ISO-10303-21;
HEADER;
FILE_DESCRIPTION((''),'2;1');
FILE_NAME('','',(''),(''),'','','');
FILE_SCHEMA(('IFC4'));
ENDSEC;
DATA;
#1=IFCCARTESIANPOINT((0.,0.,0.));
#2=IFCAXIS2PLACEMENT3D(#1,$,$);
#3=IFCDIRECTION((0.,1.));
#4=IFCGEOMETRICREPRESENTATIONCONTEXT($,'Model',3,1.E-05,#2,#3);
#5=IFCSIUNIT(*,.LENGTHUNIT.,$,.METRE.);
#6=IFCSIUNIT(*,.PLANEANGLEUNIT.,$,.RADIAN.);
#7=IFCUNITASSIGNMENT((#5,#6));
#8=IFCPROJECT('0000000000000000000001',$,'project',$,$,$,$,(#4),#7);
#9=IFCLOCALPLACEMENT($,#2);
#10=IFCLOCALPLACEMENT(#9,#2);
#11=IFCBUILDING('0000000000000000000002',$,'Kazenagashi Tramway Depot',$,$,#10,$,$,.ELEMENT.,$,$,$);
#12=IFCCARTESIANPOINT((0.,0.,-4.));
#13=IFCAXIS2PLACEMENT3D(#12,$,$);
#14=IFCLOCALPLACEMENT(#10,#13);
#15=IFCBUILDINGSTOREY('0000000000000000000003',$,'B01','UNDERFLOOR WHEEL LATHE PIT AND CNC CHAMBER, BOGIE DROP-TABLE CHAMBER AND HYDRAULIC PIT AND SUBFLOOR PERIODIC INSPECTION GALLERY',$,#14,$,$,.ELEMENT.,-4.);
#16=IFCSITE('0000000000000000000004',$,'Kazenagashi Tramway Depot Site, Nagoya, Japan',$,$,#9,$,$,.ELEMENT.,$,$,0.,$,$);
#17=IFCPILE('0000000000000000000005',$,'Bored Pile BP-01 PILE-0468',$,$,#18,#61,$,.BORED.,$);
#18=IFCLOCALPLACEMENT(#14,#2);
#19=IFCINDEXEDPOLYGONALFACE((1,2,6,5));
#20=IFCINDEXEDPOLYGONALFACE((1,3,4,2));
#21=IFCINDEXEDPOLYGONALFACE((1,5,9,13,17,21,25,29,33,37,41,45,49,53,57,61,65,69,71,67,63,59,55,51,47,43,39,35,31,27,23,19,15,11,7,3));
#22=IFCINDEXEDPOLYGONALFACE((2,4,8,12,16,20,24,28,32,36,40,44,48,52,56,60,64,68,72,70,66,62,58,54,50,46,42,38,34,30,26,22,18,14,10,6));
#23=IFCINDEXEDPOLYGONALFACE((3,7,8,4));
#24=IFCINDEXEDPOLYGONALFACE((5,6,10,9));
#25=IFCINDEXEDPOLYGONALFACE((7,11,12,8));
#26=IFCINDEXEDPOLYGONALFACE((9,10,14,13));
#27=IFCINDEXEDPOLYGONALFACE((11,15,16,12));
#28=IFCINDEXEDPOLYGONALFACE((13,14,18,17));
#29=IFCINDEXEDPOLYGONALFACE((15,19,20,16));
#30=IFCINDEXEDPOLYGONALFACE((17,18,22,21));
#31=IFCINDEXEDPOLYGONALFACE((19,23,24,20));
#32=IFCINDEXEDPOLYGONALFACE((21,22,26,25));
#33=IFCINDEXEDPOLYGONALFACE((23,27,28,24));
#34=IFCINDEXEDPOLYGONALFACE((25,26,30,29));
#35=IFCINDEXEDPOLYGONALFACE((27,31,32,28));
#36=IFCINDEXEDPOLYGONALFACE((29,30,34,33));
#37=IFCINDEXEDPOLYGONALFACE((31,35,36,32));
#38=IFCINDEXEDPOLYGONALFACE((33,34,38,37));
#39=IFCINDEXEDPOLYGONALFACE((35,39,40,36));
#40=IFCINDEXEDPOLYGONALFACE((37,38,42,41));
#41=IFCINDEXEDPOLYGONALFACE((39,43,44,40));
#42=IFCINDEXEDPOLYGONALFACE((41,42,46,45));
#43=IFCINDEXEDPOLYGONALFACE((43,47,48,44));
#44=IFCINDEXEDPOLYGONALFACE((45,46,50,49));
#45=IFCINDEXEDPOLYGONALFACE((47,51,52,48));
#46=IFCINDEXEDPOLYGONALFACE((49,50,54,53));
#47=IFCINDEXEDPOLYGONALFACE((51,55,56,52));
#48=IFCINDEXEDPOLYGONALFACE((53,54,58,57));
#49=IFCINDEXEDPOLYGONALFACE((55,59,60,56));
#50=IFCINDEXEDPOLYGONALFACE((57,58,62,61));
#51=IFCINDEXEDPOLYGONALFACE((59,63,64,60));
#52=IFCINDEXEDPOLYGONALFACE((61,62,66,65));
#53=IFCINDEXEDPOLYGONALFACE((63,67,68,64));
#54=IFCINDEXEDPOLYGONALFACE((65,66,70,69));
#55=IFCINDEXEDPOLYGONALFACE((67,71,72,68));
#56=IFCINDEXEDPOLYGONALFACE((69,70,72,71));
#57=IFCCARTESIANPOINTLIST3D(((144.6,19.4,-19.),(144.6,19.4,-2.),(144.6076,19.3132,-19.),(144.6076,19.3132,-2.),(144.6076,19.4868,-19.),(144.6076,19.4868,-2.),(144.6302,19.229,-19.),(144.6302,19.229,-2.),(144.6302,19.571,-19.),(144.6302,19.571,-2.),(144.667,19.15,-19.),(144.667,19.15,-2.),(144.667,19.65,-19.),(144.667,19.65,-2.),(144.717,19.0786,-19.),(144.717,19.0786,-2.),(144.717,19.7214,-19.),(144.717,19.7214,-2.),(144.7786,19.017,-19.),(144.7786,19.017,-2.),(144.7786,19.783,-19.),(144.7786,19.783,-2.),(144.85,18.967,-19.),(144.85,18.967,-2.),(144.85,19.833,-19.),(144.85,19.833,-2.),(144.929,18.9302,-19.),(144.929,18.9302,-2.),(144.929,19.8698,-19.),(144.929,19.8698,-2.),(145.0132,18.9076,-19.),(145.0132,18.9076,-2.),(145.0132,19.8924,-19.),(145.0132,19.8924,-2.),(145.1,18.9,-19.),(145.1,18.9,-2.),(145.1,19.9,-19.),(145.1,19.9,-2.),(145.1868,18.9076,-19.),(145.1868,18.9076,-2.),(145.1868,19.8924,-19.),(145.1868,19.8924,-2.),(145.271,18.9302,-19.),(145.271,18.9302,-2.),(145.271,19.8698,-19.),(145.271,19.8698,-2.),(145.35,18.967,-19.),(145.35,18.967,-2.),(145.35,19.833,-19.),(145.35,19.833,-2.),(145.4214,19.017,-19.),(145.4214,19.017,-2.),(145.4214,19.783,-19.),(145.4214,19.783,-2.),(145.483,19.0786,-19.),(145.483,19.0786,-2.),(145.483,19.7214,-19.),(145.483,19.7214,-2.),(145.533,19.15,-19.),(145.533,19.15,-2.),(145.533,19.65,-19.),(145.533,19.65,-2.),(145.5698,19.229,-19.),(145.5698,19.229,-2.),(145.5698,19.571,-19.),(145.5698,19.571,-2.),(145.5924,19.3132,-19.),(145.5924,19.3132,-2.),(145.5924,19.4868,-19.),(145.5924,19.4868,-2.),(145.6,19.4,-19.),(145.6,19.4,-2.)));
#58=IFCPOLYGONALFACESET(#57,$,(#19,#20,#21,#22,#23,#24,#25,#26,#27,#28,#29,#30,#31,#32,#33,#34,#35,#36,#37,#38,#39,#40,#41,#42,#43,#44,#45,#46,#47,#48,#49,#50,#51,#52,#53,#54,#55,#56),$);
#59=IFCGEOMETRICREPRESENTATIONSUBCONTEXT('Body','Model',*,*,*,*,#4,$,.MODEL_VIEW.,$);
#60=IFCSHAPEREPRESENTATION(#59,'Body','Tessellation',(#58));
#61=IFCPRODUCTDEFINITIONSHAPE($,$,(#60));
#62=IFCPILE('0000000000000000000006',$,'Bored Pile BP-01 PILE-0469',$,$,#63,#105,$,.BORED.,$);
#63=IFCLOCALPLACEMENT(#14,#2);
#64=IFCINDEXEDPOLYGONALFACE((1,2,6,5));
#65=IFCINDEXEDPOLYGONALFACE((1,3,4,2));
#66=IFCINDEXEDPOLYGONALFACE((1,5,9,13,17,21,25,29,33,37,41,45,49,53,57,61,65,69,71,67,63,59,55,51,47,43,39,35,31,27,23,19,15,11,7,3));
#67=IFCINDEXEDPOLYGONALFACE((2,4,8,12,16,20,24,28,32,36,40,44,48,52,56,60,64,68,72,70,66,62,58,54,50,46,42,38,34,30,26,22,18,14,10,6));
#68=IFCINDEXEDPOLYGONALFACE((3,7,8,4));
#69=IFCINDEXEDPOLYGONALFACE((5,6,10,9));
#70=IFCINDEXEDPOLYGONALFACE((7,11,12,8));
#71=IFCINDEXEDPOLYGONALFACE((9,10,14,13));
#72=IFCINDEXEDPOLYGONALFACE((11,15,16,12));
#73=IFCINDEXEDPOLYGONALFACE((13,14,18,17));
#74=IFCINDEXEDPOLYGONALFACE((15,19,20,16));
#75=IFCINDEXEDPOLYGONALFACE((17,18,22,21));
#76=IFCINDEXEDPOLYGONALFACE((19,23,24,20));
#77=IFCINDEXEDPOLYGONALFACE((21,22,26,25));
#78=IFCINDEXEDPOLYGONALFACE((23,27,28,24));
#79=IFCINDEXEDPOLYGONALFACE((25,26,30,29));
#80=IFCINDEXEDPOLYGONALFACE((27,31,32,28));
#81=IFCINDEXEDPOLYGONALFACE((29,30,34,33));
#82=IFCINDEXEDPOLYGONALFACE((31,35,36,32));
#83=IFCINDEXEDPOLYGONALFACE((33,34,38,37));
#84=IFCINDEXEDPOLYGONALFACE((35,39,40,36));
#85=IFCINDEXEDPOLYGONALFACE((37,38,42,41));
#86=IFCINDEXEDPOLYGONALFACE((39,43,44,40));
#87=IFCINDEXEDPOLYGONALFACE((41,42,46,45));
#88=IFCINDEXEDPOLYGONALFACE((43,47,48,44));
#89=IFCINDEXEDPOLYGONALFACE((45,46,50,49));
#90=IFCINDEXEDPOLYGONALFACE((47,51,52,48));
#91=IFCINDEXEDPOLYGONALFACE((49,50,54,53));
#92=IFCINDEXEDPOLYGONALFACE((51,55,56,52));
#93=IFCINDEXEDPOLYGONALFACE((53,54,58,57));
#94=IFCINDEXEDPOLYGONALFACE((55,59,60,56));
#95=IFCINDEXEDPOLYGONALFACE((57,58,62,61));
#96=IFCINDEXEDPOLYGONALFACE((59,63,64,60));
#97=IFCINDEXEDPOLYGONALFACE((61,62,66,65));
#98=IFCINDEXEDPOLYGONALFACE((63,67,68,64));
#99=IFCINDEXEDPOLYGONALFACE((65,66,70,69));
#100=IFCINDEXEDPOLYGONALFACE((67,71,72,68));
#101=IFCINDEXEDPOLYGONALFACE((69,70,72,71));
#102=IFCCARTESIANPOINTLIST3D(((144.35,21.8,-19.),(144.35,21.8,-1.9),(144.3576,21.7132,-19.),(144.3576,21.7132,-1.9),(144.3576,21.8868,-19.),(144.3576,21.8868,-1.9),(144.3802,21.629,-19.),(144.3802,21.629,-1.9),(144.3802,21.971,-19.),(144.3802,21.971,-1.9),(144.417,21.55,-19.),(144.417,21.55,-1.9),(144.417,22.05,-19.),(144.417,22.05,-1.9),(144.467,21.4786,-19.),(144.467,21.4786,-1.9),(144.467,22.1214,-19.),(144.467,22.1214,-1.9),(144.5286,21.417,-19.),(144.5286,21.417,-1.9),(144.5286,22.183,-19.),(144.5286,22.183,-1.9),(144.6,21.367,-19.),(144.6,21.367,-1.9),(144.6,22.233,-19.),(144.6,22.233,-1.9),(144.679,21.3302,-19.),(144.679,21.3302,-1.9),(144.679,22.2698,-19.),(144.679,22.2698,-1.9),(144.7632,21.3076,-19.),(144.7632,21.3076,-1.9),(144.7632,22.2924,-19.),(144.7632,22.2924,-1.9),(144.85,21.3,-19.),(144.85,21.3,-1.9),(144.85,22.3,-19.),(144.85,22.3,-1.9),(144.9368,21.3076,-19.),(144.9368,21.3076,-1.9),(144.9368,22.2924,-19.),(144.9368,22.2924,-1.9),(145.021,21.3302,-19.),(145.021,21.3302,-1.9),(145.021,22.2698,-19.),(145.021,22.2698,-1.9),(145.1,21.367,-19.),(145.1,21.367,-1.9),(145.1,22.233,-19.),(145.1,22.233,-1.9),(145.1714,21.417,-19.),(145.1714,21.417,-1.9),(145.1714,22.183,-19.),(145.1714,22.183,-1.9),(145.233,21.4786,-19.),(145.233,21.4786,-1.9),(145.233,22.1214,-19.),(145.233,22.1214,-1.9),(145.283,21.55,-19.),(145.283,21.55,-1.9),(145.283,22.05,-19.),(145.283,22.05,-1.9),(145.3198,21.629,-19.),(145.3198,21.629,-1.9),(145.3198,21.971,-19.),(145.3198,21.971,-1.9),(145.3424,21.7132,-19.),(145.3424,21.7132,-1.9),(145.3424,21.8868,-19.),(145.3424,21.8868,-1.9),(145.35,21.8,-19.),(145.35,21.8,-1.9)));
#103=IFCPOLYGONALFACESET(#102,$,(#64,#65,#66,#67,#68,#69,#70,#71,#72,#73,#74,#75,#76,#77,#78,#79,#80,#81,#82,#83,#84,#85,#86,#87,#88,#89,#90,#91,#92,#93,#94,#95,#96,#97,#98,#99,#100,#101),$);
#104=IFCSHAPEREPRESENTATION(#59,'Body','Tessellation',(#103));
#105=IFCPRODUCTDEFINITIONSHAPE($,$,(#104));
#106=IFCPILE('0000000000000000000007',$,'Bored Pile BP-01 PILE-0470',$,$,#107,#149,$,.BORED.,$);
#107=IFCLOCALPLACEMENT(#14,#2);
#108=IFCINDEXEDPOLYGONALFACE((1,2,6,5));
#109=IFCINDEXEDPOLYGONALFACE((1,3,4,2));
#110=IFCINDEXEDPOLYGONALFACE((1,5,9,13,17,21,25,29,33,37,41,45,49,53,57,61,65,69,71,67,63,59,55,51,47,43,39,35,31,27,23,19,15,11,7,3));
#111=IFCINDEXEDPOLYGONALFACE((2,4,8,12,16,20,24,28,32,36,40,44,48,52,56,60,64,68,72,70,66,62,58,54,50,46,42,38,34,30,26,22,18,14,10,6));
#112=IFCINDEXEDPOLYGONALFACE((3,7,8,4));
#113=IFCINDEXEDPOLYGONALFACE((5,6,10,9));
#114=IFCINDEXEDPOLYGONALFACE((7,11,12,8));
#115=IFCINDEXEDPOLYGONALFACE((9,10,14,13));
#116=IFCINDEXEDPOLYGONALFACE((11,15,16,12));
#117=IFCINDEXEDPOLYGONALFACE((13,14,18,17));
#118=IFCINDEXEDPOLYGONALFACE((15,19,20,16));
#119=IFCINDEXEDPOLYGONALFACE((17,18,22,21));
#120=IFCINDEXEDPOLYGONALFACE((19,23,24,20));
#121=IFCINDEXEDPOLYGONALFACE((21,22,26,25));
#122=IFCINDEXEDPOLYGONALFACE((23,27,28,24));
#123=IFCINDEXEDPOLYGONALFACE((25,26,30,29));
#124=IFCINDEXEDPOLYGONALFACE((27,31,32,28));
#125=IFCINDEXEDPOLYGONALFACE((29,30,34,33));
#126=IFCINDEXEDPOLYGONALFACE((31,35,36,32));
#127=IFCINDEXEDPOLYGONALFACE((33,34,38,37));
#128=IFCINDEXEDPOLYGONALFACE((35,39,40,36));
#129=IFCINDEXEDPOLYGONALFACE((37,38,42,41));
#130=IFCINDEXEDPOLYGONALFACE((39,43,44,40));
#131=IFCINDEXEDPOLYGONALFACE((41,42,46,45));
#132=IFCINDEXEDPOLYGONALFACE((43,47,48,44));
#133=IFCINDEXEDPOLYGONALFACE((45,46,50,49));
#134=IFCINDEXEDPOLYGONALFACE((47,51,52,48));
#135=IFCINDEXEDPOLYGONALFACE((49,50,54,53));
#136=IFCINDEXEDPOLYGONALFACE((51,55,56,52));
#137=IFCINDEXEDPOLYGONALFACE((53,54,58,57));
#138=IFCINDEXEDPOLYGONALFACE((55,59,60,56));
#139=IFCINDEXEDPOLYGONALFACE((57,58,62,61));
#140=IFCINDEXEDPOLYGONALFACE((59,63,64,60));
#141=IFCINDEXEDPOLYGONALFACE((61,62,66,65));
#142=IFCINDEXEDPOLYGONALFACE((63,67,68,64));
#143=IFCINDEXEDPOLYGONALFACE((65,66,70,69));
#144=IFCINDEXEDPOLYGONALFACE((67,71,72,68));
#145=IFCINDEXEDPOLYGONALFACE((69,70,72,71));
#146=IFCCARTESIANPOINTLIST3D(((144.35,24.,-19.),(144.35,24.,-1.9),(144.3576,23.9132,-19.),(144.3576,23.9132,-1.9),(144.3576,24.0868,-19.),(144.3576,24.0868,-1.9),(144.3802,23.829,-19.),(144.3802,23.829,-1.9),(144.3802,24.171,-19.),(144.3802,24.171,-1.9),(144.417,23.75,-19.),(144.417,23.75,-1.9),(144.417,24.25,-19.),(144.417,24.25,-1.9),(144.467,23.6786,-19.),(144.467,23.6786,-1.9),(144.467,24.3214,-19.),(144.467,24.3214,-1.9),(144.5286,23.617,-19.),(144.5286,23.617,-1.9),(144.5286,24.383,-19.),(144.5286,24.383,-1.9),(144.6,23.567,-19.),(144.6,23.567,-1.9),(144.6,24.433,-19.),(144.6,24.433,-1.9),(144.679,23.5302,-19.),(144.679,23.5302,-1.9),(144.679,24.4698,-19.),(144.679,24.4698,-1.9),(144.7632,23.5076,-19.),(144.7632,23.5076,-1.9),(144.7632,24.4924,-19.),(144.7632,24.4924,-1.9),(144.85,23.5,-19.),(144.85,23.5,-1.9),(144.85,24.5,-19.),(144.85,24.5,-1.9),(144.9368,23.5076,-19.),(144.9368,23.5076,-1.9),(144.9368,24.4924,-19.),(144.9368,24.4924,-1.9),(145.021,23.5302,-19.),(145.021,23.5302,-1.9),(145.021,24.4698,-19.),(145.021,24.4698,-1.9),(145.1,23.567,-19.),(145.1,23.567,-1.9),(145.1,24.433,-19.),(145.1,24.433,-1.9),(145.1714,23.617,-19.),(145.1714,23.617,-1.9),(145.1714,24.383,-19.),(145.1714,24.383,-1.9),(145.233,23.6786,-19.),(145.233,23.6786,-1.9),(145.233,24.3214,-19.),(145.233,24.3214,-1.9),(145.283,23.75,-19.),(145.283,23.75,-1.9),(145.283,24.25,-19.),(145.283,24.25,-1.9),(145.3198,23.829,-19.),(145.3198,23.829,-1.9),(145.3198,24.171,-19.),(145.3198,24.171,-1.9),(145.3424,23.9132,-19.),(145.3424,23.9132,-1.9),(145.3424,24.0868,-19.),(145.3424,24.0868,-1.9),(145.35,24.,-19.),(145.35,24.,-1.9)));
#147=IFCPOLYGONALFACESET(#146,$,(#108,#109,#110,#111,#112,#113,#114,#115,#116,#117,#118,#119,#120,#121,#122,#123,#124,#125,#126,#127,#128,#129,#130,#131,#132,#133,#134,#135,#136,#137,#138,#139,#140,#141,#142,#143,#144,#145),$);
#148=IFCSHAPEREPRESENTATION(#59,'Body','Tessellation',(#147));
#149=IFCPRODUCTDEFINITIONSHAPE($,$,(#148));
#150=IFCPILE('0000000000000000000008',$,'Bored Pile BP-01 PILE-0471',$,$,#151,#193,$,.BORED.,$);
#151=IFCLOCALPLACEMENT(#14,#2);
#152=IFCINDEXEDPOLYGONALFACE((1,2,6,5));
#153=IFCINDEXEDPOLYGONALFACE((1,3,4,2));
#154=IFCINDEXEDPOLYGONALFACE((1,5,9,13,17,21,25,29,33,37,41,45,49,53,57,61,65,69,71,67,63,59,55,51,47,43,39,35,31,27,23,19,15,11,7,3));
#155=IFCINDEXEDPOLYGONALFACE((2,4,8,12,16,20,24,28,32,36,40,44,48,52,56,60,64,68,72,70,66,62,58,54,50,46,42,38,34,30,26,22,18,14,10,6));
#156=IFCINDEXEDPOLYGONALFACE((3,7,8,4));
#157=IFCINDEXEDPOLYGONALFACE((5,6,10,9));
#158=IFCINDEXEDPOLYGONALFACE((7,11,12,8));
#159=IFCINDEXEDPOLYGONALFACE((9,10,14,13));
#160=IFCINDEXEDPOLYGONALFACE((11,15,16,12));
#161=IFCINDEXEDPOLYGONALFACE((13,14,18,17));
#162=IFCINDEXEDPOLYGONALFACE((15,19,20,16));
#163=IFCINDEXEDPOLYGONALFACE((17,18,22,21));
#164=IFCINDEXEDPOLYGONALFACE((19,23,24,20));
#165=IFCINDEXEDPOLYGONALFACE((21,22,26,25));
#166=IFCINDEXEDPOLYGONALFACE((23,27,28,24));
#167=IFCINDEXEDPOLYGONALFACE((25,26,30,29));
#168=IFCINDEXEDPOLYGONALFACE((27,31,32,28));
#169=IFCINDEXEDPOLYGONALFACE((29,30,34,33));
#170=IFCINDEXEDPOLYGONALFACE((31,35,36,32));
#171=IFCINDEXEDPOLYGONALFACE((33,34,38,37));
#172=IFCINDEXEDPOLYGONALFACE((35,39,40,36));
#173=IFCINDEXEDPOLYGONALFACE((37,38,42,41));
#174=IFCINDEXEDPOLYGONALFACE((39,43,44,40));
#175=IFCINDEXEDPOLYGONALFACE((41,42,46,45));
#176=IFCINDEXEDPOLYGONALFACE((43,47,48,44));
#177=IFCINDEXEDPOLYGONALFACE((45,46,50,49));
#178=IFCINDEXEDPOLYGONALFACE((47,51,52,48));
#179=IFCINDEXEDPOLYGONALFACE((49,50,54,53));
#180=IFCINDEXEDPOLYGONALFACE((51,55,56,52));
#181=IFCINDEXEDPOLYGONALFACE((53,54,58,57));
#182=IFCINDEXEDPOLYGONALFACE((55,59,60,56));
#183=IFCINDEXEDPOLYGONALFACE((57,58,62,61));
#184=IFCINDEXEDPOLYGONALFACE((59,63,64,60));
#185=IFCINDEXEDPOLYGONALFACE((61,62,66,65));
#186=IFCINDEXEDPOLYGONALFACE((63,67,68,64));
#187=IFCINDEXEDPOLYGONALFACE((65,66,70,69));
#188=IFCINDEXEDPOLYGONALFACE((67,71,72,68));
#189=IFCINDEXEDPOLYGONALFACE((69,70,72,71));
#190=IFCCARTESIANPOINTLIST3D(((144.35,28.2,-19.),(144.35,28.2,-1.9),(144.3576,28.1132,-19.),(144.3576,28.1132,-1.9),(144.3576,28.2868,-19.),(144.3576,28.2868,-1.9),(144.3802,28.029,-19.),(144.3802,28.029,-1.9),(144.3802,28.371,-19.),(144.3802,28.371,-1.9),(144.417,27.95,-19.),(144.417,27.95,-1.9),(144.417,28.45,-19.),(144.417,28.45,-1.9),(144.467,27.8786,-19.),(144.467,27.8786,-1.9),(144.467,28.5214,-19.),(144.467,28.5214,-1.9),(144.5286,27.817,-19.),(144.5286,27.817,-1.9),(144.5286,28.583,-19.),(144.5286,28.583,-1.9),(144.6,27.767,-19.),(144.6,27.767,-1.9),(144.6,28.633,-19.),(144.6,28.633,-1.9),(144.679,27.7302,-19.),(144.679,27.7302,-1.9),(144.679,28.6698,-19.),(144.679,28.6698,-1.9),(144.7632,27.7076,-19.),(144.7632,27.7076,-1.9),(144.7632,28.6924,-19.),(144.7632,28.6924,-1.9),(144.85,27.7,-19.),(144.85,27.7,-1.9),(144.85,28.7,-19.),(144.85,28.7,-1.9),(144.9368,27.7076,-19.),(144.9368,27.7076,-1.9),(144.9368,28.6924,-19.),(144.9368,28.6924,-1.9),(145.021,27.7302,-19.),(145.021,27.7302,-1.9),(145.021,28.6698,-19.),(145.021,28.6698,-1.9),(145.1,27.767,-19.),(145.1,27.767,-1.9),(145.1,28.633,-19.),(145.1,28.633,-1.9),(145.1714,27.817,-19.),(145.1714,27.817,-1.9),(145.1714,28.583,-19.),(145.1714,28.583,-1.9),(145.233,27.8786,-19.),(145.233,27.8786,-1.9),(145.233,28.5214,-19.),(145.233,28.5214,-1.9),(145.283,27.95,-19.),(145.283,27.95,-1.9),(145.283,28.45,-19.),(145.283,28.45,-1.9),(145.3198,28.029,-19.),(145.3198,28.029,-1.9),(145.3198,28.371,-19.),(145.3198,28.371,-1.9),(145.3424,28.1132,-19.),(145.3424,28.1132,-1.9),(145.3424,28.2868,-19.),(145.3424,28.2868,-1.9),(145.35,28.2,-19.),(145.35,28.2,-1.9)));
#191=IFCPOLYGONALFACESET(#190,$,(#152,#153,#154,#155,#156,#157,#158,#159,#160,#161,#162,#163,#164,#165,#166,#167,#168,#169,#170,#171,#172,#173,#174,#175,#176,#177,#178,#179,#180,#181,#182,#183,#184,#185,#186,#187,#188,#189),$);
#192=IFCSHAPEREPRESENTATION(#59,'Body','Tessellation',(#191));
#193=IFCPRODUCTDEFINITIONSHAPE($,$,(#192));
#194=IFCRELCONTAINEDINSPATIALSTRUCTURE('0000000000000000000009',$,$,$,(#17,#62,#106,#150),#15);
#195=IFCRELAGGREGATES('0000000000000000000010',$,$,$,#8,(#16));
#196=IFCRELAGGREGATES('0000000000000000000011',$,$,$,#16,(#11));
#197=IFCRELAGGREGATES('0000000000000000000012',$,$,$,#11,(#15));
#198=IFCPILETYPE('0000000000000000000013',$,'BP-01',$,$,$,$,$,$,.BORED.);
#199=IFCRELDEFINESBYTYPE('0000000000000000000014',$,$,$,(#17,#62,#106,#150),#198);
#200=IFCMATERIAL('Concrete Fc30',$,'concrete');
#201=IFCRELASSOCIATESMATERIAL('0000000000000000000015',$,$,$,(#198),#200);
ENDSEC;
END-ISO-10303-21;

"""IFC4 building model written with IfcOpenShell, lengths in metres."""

from ifc_helpers import new_model, si_unit, direction, frame, origin, origin_2d, place, context, subcontext, project, spatial, circle, extrude, material, material_profile, profile_set, type_object, element, save


model = new_model("IFC4")

# Units and contexts
model_context = context("Model", 3, precision=1e-05, world=origin(), true_north=direction((0.0, 1.0)))
body_context = subcontext(model_context, "Body", "Model", "MODEL_VIEW")
ifc_project = project(units=[si_unit("LENGTHUNIT", "METRE"), si_unit("PLANEANGLEUNIT", "RADIAN")], contexts=[model_context])

# Site, building, storey
site_placement = place(None, origin())
site = spatial("IfcSite", under=ifc_project, at=site_placement, Name="Kazenagashi Tramway Depot Site, Nagoya, Japan", CompositionType="ELEMENT", RefElevation=0.0)
building_placement = place(site_placement, origin())
building = spatial("IfcBuilding", under=site, at=building_placement, Name="Kazenagashi Tramway Depot", CompositionType="ELEMENT")
storey_placement = place(building_placement, frame((0.0, 0.0, -4.0)))
storey = spatial("IfcBuildingStorey", under=building, at=storey_placement, Name="B01", Description="UNDERFLOOR WHEEL LATHE PIT AND CNC CHAMBER, BOGIE DROP-TABLE CHAMBER AND HYDRAULIC PIT AND SUBFLOOR PERIODIC INSPECTION GALLERY", CompositionType="ELEMENT", Elevation=-4.0)

# Piles
ifc_material_1 = material(Name="Concrete Fc30", Category="concrete")
ifc_material_profile_1 = material_profile(ifc_material_1, circle(Radius=0.5, at=origin_2d()), Name="PILE-1000")
ifc_profile_set_1 = profile_set([ifc_material_profile_1], Name="Concrete Fc30")
pile_type_1 = type_object("IfcPileType", Name="BP-01", PredefinedType="BORED", material=ifc_profile_set_1)
for number, where, z_axis, x_axis, name in (
    (1, (145.1, 19.4, -2.0), (0.0, 0.0, -1.0), (1.0, 0.0, 0.0), "Bored Pile BP-01 PILE-0468"),
):
    element("IfcPile", number, at=place(storey_placement, frame(where, z_axis=z_axis, x_axis=x_axis)), inside=storey, type_object=pile_type_1, Name=name, PredefinedType="BORED", context=body_context, shape_type="SweptSolid", body=[
        extrude(circle(Radius=0.5, at=origin_2d()), origin(), (0.0, 0.0, 1.0), 17.0),
    ])
for number, where, z_axis, x_axis, name in (
    (2, (144.85, 21.8, -1.9), (0.0, 0.0, -1.0), (1.0, 0.0, 0.0), "Bored Pile BP-01 PILE-0469"),
    (3, (144.85, 24.0, -1.9), (0.0, 0.0, -1.0), (1.0, 0.0, 0.0), "Bored Pile BP-01 PILE-0470"),
    (4, (144.85, 28.2, -1.9), (0.0, 0.0, -1.0), (1.0, 0.0, 0.0), "Bored Pile BP-01 PILE-0471"),
):
    element("IfcPile", number, at=place(storey_placement, frame(where, z_axis=z_axis, x_axis=x_axis)), inside=storey, type_object=pile_type_1, Name=name, PredefinedType="BORED", context=body_context, shape_type="SweptSolid", body=[
        extrude(circle(Radius=0.5, at=origin_2d()), origin(), (0.0, 0.0, 1.0), 17.1),
    ])

save(model, "model.ifc")
